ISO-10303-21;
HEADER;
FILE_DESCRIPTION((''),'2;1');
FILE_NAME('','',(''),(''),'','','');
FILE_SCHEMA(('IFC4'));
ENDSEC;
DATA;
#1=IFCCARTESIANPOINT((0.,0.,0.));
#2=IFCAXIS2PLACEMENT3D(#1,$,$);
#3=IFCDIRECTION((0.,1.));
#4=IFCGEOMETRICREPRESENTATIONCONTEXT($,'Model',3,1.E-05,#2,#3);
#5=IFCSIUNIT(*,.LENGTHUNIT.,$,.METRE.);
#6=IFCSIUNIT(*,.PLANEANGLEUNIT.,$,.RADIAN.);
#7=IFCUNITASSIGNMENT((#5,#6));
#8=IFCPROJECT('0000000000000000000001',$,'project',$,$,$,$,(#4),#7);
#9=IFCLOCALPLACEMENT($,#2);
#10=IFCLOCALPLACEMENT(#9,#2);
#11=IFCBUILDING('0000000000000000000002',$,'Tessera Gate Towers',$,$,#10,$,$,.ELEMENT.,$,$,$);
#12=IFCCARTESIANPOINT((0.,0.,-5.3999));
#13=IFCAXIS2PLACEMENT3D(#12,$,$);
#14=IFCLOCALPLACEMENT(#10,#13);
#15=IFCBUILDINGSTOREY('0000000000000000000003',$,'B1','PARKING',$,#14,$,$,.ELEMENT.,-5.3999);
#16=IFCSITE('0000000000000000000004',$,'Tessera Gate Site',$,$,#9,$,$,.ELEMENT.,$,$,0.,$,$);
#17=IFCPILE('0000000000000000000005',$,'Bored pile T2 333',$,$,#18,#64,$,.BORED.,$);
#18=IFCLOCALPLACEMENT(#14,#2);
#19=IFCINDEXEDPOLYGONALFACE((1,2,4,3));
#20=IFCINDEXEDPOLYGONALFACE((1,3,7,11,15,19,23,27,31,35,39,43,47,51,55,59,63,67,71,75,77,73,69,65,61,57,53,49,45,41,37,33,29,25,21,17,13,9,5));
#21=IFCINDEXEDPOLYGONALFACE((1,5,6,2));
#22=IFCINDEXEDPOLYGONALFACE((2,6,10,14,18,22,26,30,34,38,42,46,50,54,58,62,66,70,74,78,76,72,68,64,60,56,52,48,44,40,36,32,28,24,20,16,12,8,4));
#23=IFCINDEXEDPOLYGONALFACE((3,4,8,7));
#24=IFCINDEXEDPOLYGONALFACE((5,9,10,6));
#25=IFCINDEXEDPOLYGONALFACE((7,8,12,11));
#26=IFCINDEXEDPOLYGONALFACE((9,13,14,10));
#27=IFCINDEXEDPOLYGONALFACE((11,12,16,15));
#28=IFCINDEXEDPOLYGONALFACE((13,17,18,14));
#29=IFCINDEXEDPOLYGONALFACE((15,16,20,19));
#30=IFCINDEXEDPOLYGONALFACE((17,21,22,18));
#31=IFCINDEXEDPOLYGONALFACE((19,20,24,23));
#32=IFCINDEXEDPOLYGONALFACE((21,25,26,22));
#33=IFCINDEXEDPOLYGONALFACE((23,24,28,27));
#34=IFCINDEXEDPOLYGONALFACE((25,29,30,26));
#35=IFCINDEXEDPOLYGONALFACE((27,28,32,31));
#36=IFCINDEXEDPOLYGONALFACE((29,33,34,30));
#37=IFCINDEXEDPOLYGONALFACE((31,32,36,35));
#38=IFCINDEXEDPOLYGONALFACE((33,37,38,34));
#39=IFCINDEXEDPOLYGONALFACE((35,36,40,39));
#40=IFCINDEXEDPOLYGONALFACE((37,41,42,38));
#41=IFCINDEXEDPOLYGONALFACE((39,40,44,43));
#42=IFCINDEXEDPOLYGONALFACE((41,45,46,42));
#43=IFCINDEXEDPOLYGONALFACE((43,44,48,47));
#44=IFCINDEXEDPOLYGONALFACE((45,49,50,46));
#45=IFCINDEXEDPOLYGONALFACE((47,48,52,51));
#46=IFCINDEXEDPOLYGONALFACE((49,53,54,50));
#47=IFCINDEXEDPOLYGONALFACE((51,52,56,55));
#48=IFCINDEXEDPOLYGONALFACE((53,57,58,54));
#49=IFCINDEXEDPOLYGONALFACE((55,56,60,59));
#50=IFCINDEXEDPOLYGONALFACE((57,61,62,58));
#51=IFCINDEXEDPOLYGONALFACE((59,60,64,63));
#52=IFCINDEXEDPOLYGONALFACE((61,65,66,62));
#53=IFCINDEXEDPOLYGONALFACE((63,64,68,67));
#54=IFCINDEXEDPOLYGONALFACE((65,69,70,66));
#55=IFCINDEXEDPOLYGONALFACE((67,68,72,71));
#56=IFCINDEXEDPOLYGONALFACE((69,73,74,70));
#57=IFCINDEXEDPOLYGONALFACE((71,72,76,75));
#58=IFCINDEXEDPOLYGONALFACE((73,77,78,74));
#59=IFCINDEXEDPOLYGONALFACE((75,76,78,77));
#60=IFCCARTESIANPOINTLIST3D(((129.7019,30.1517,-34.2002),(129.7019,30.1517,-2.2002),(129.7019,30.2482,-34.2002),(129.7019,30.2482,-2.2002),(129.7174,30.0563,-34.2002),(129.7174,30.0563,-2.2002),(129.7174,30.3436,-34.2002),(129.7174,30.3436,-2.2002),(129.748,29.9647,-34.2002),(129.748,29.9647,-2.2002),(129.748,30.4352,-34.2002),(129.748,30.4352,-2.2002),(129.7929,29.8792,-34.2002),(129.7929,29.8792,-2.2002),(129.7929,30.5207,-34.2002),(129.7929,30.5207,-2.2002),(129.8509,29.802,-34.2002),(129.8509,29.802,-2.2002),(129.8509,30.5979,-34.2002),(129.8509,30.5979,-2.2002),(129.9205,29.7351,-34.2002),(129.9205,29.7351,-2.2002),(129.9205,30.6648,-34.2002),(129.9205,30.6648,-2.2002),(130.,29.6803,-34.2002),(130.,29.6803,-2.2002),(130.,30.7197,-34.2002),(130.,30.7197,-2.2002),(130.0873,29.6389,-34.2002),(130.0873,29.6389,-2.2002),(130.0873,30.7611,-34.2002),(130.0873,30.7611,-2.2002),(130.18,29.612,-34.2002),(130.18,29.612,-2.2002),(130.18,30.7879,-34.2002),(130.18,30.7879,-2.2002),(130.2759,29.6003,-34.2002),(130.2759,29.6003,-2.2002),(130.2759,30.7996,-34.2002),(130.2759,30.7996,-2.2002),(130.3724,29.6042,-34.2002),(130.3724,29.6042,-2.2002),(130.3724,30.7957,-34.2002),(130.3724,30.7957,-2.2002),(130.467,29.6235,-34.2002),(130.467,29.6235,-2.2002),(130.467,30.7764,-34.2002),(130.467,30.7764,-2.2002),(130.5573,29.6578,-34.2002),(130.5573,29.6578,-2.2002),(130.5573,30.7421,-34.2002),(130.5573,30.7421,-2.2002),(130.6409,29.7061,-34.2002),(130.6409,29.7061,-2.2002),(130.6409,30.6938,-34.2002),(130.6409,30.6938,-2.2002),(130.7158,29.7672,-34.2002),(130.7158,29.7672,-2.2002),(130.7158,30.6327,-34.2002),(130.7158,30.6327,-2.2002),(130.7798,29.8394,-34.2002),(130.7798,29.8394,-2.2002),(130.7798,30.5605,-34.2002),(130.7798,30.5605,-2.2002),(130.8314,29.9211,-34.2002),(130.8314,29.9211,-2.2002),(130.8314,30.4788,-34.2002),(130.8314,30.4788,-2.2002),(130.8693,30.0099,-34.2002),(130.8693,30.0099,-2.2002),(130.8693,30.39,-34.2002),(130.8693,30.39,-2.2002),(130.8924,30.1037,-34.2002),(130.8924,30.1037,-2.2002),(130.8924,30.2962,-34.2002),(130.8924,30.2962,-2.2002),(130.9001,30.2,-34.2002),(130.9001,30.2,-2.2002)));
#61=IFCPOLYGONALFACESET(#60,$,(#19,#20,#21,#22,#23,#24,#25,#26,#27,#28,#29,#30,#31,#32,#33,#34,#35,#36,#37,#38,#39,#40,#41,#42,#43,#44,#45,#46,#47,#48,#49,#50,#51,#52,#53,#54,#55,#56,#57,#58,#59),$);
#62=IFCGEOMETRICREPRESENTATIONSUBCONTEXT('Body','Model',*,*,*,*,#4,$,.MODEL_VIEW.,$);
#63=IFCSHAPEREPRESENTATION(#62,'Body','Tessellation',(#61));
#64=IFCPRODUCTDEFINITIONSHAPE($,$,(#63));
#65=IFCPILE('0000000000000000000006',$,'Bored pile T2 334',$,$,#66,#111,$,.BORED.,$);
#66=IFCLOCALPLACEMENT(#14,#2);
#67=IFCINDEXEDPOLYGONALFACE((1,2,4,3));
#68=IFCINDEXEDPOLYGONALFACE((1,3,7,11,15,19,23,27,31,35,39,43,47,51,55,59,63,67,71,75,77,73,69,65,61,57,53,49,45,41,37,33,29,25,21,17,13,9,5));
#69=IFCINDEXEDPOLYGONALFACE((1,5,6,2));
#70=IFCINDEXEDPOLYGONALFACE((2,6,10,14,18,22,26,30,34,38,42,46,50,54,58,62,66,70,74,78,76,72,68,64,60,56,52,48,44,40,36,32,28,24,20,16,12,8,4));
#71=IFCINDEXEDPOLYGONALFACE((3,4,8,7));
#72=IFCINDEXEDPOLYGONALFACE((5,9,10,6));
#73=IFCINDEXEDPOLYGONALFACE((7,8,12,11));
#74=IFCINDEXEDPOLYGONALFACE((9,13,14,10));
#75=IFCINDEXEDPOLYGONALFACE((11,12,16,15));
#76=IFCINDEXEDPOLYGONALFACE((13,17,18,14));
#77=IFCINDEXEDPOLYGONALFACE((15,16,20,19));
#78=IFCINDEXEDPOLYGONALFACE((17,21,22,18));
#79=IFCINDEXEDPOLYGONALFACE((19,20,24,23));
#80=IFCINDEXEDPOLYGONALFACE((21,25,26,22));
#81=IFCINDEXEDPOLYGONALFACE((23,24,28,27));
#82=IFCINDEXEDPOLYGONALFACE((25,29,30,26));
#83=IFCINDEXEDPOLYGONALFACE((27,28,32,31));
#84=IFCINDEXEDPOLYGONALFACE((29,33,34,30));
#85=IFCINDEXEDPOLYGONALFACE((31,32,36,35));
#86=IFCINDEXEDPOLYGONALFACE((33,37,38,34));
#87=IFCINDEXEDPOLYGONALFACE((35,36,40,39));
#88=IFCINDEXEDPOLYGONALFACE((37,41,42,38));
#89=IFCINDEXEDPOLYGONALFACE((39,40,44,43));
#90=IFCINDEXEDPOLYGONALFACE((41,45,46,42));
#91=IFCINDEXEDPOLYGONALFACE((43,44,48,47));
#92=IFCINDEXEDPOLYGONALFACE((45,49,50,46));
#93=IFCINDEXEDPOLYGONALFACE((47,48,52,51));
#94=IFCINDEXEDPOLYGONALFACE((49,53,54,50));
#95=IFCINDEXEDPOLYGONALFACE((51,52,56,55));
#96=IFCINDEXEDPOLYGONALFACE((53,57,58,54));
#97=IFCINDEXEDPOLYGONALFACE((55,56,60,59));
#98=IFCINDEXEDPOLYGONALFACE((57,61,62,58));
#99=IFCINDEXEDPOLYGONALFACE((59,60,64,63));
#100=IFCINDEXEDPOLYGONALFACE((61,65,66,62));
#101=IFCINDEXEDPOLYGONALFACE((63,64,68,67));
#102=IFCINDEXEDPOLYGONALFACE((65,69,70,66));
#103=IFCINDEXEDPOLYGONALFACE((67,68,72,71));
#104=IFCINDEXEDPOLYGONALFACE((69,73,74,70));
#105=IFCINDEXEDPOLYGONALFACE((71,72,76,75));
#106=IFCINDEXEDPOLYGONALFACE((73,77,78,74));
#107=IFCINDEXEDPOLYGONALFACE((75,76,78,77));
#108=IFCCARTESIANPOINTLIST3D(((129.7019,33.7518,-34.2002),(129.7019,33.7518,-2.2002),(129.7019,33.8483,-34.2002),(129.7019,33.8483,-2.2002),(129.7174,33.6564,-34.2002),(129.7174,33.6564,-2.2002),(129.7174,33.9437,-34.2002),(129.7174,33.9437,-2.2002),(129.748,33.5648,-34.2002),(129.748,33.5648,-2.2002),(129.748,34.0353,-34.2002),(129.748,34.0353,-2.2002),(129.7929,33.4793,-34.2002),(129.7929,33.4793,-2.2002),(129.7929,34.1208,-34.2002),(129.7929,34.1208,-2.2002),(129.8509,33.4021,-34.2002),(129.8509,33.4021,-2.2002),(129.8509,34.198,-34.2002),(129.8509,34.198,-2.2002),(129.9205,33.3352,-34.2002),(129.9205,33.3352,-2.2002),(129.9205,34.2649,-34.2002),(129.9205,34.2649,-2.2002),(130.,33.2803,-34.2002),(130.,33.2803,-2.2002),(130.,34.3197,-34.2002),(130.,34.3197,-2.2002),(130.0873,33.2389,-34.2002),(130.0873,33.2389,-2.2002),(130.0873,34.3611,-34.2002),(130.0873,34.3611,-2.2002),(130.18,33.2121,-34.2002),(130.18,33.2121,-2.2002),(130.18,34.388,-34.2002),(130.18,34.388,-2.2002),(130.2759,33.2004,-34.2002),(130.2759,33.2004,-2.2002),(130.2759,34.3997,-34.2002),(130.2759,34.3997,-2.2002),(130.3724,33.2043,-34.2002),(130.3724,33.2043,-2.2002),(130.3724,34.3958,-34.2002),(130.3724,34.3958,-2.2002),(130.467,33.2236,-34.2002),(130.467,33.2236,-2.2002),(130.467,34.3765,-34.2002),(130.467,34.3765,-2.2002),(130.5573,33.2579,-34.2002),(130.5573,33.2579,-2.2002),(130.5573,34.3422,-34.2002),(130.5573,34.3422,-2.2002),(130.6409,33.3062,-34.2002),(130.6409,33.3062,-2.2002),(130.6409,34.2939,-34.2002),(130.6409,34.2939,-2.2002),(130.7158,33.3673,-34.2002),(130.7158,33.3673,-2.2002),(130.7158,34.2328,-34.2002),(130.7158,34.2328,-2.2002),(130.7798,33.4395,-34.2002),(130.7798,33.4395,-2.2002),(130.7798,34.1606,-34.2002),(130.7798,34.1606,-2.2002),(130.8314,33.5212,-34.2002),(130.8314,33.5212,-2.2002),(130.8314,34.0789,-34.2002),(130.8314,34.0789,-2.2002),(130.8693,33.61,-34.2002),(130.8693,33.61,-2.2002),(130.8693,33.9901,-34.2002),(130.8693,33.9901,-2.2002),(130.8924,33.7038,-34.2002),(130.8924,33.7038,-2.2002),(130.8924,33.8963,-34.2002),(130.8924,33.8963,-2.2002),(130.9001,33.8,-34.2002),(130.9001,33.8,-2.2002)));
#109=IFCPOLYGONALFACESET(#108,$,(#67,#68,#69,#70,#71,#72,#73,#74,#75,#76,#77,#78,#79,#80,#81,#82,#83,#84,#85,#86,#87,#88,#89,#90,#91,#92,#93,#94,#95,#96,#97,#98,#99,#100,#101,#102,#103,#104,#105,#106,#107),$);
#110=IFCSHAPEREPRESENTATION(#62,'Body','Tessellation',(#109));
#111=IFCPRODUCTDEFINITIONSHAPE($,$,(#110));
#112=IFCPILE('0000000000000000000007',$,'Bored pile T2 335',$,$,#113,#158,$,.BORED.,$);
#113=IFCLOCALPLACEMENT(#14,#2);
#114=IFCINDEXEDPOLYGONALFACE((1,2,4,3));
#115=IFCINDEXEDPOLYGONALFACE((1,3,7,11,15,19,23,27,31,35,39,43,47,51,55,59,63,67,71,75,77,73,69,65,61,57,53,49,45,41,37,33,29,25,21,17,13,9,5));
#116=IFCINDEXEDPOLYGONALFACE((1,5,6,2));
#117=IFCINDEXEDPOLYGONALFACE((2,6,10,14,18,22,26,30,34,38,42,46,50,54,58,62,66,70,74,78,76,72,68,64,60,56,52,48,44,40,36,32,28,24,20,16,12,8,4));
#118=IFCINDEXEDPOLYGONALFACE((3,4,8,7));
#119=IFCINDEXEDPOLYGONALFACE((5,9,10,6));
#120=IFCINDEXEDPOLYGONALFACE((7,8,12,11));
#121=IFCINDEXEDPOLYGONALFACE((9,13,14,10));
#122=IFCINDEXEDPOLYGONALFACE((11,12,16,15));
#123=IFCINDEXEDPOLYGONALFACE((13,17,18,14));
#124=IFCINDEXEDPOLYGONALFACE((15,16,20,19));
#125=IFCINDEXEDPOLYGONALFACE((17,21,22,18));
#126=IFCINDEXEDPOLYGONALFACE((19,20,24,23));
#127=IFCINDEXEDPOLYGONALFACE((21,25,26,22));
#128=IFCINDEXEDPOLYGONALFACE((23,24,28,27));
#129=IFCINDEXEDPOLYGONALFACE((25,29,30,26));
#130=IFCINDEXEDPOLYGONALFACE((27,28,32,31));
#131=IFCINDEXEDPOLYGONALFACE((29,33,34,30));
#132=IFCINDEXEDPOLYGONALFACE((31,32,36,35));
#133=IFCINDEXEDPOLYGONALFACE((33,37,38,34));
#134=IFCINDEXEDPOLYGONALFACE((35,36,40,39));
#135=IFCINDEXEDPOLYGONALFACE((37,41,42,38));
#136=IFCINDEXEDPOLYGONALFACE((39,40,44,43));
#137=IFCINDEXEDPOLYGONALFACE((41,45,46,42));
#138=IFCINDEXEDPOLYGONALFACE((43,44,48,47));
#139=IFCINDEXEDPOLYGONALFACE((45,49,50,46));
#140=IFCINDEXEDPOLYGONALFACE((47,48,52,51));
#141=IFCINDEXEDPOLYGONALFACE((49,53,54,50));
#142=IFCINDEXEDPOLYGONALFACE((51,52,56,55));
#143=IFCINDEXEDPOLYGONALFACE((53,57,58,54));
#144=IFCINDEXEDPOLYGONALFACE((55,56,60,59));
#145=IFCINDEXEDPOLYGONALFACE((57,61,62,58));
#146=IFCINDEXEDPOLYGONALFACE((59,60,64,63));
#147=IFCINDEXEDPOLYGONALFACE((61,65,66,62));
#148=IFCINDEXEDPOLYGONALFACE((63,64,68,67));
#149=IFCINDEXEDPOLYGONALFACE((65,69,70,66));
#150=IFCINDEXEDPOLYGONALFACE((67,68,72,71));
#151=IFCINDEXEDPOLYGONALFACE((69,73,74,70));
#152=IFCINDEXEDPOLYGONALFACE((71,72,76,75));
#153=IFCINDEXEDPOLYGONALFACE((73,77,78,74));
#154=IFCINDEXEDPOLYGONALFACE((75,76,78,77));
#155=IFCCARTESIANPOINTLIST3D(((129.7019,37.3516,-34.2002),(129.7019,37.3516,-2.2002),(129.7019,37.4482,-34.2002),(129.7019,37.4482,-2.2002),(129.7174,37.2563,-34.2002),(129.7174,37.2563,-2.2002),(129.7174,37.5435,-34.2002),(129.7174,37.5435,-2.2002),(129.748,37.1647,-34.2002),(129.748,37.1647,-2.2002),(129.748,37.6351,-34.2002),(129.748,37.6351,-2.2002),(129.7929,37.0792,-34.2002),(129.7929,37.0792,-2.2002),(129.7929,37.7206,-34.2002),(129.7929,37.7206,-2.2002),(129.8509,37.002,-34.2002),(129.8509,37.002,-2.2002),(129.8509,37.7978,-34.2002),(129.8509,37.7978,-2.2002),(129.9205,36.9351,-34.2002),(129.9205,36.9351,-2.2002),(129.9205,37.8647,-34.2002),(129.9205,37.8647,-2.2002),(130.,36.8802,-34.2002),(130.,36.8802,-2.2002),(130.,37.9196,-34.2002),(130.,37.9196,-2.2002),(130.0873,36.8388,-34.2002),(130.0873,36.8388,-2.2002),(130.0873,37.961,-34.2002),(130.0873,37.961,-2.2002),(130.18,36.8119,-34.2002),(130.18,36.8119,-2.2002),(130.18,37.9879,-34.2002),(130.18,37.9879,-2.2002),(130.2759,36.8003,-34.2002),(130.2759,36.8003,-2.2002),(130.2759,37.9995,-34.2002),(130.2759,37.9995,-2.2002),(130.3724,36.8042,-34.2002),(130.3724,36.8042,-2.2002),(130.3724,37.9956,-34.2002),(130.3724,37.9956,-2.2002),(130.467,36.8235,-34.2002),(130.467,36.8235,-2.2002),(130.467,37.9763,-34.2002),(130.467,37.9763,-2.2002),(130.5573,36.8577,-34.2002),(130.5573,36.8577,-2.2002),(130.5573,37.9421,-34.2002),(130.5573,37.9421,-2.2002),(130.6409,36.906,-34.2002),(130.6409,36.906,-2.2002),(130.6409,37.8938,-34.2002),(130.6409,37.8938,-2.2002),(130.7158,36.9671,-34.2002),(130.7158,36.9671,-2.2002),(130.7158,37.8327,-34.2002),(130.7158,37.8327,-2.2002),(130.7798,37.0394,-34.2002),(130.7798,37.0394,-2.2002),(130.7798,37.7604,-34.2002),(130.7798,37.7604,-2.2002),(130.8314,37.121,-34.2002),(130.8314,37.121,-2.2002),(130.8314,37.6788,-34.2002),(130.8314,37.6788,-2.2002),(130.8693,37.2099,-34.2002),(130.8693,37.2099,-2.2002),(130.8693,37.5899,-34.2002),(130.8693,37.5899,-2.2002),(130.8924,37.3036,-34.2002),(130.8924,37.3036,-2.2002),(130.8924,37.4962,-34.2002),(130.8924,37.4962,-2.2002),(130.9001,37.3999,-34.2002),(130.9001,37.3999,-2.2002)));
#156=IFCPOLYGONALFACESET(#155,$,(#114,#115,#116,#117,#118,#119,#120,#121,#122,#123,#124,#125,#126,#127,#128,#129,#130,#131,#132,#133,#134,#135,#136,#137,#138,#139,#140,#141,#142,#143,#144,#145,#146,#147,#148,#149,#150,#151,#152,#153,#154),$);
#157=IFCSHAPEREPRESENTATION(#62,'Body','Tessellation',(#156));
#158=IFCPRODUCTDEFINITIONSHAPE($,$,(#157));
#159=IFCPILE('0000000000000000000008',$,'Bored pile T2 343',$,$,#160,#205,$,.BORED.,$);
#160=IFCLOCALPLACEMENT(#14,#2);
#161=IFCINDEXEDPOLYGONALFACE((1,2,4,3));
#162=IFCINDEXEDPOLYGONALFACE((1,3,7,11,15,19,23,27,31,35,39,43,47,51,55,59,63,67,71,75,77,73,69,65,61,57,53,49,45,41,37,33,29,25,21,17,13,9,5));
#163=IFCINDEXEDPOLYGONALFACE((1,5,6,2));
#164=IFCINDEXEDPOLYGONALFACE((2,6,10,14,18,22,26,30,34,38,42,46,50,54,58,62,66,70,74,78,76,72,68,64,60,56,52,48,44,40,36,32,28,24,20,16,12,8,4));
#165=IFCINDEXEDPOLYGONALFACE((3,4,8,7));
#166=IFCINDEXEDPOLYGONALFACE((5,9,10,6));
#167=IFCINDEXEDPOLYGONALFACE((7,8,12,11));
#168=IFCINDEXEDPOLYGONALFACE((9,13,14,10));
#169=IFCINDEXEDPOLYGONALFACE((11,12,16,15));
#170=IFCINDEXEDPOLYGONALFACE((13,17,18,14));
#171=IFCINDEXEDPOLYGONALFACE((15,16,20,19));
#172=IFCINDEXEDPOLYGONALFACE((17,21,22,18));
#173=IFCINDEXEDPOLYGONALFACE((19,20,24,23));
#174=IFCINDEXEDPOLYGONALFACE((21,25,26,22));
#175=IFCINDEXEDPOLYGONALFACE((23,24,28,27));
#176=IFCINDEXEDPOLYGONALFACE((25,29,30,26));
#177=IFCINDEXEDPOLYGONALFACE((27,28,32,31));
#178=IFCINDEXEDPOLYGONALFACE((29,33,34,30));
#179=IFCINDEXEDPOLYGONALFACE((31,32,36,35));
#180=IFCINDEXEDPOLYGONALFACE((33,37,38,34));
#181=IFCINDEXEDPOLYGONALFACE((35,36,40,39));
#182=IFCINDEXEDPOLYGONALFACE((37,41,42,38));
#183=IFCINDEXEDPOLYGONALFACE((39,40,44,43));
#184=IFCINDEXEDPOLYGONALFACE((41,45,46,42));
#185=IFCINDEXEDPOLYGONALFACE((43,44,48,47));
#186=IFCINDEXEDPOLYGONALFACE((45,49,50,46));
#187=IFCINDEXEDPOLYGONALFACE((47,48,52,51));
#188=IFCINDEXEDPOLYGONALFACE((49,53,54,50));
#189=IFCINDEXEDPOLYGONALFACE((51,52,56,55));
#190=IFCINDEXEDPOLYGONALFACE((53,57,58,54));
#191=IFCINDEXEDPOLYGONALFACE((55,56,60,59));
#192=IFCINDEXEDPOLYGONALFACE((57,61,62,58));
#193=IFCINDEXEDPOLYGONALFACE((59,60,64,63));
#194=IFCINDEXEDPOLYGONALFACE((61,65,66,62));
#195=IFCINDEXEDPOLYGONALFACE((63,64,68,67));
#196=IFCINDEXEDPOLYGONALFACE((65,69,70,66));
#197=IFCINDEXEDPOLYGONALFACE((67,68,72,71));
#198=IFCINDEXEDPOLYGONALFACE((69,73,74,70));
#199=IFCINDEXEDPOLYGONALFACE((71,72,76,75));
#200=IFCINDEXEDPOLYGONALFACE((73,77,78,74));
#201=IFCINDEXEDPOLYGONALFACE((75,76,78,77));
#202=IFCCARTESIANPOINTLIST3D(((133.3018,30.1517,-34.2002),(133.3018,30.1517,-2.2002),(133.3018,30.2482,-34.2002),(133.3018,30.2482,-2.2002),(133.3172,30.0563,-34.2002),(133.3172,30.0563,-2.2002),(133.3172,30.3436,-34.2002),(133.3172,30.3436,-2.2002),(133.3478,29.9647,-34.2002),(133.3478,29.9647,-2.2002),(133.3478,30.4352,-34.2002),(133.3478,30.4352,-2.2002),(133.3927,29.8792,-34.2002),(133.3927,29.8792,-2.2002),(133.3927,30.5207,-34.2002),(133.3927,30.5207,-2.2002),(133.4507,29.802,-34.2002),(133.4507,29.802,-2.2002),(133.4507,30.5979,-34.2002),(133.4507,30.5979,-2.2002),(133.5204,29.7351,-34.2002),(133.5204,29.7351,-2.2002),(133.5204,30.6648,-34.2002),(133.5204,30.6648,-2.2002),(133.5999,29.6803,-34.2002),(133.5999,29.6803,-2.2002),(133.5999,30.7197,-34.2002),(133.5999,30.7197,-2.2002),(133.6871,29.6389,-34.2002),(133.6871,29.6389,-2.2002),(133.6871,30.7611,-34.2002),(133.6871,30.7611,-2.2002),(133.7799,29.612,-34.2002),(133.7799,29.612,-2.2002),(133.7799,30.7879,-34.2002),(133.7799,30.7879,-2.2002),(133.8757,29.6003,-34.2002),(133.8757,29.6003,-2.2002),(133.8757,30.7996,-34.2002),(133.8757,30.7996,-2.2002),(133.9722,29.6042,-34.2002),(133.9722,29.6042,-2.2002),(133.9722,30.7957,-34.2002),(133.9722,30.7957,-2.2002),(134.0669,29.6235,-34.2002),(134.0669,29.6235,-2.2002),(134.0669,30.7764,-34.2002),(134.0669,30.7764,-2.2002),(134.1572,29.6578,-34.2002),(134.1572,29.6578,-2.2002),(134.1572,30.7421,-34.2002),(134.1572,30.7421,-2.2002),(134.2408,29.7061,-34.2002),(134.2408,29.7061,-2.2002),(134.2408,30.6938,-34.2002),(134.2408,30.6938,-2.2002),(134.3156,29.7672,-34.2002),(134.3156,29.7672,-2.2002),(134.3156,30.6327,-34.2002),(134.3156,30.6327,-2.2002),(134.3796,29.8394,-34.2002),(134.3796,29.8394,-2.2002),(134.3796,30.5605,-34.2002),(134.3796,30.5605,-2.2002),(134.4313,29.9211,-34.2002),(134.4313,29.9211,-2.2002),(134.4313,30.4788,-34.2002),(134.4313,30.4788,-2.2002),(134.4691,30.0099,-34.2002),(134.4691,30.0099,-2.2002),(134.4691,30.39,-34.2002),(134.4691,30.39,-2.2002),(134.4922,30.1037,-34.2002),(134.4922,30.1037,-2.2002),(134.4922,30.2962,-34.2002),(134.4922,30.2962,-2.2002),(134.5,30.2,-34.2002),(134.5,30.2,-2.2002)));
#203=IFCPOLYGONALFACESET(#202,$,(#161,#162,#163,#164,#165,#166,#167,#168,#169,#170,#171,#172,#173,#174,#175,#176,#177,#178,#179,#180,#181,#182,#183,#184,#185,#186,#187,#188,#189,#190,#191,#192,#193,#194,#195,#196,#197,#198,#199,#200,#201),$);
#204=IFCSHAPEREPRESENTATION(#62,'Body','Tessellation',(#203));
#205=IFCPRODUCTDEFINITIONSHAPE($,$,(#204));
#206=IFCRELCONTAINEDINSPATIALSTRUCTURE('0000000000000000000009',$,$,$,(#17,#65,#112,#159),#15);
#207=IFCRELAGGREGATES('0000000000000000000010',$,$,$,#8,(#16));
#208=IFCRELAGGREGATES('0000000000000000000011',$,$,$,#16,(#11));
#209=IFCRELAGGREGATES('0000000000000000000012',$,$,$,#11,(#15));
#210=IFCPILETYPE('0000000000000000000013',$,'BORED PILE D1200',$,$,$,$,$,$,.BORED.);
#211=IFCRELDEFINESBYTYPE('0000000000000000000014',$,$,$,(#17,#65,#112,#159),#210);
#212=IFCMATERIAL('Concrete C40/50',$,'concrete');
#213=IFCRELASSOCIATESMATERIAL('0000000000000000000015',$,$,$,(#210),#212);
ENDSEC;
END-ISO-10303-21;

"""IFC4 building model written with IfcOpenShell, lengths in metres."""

from ifc_helpers import new_model, si_unit, direction, frame, origin, origin_2d, place, context, subcontext, project, spatial, circle, extrude, material, material_profile, profile_set, type_object, element, save


model = new_model("IFC4")

# Units and contexts
model_context = context("Model", 3, precision=1e-05, world=origin(), true_north=direction((0.0, 1.0)))
body_context = subcontext(model_context, "Body", "Model", "MODEL_VIEW")
ifc_project = project(units=[si_unit("LENGTHUNIT", "METRE"), si_unit("PLANEANGLEUNIT", "RADIAN")], contexts=[model_context])

# Site, building, storey
site_placement = place(None, origin())
site = spatial("IfcSite", under=ifc_project, at=site_placement, Name="Tessera Gate Site", CompositionType="ELEMENT", RefElevation=0.0)
building_placement = place(site_placement, origin())
building = spatial("IfcBuilding", under=site, at=building_placement, Name="Tessera Gate Towers", CompositionType="ELEMENT")
storey_placement = place(building_placement, frame((0.0, 0.0, -5.3999)))
storey = spatial("IfcBuildingStorey", under=building, at=storey_placement, Name="B1", Description="PARKING", CompositionType="ELEMENT", Elevation=-5.3999)

# Piles
ifc_material_1 = material(Name="Concrete C40/50", Category="concrete")
ifc_material_profile_1 = material_profile(ifc_material_1, circle(Radius=0.6001, at=origin_2d()), Name="BORED PILE D1200")
ifc_profile_set_1 = profile_set([ifc_material_profile_1], Name="Concrete C40/50")
pile_type = type_object("IfcPileType", Name="BORED PILE D1200", PredefinedType="BORED", material=ifc_profile_set_1)
for number, where, z_axis, x_axis, name in (
    (1, (130.3, 30.2, -2.2002), (0.0, 0.0, -1.0), (1.0, 0.0, 0.0), "Bored pile T2 333"),
    (2, (130.3, 33.8, -2.2002), (0.0, 0.0, -1.0), (1.0, 0.0, 0.0), "Bored pile T2 334"),
    (3, (130.3, 37.3999, -2.2002), (0.0, 0.0, -1.0), (1.0, 0.0, 0.0), "Bored pile T2 335"),
    (4, (133.8999, 30.2, -2.2002), (0.0, 0.0, -1.0), (1.0, 0.0, 0.0), "Bored pile T2 343"),
):
    element("IfcPile", number, at=place(storey_placement, frame(where, z_axis=z_axis, x_axis=x_axis)), inside=storey, type_object=pile_type, Name=name, PredefinedType="BORED", context=body_context, shape_type="SweptSolid", body=[
        extrude(circle(Radius=0.6001, at=origin_2d()), origin(), (0.0, 0.0, 1.0), 32.0),
    ])

save(model, "model.ifc")
